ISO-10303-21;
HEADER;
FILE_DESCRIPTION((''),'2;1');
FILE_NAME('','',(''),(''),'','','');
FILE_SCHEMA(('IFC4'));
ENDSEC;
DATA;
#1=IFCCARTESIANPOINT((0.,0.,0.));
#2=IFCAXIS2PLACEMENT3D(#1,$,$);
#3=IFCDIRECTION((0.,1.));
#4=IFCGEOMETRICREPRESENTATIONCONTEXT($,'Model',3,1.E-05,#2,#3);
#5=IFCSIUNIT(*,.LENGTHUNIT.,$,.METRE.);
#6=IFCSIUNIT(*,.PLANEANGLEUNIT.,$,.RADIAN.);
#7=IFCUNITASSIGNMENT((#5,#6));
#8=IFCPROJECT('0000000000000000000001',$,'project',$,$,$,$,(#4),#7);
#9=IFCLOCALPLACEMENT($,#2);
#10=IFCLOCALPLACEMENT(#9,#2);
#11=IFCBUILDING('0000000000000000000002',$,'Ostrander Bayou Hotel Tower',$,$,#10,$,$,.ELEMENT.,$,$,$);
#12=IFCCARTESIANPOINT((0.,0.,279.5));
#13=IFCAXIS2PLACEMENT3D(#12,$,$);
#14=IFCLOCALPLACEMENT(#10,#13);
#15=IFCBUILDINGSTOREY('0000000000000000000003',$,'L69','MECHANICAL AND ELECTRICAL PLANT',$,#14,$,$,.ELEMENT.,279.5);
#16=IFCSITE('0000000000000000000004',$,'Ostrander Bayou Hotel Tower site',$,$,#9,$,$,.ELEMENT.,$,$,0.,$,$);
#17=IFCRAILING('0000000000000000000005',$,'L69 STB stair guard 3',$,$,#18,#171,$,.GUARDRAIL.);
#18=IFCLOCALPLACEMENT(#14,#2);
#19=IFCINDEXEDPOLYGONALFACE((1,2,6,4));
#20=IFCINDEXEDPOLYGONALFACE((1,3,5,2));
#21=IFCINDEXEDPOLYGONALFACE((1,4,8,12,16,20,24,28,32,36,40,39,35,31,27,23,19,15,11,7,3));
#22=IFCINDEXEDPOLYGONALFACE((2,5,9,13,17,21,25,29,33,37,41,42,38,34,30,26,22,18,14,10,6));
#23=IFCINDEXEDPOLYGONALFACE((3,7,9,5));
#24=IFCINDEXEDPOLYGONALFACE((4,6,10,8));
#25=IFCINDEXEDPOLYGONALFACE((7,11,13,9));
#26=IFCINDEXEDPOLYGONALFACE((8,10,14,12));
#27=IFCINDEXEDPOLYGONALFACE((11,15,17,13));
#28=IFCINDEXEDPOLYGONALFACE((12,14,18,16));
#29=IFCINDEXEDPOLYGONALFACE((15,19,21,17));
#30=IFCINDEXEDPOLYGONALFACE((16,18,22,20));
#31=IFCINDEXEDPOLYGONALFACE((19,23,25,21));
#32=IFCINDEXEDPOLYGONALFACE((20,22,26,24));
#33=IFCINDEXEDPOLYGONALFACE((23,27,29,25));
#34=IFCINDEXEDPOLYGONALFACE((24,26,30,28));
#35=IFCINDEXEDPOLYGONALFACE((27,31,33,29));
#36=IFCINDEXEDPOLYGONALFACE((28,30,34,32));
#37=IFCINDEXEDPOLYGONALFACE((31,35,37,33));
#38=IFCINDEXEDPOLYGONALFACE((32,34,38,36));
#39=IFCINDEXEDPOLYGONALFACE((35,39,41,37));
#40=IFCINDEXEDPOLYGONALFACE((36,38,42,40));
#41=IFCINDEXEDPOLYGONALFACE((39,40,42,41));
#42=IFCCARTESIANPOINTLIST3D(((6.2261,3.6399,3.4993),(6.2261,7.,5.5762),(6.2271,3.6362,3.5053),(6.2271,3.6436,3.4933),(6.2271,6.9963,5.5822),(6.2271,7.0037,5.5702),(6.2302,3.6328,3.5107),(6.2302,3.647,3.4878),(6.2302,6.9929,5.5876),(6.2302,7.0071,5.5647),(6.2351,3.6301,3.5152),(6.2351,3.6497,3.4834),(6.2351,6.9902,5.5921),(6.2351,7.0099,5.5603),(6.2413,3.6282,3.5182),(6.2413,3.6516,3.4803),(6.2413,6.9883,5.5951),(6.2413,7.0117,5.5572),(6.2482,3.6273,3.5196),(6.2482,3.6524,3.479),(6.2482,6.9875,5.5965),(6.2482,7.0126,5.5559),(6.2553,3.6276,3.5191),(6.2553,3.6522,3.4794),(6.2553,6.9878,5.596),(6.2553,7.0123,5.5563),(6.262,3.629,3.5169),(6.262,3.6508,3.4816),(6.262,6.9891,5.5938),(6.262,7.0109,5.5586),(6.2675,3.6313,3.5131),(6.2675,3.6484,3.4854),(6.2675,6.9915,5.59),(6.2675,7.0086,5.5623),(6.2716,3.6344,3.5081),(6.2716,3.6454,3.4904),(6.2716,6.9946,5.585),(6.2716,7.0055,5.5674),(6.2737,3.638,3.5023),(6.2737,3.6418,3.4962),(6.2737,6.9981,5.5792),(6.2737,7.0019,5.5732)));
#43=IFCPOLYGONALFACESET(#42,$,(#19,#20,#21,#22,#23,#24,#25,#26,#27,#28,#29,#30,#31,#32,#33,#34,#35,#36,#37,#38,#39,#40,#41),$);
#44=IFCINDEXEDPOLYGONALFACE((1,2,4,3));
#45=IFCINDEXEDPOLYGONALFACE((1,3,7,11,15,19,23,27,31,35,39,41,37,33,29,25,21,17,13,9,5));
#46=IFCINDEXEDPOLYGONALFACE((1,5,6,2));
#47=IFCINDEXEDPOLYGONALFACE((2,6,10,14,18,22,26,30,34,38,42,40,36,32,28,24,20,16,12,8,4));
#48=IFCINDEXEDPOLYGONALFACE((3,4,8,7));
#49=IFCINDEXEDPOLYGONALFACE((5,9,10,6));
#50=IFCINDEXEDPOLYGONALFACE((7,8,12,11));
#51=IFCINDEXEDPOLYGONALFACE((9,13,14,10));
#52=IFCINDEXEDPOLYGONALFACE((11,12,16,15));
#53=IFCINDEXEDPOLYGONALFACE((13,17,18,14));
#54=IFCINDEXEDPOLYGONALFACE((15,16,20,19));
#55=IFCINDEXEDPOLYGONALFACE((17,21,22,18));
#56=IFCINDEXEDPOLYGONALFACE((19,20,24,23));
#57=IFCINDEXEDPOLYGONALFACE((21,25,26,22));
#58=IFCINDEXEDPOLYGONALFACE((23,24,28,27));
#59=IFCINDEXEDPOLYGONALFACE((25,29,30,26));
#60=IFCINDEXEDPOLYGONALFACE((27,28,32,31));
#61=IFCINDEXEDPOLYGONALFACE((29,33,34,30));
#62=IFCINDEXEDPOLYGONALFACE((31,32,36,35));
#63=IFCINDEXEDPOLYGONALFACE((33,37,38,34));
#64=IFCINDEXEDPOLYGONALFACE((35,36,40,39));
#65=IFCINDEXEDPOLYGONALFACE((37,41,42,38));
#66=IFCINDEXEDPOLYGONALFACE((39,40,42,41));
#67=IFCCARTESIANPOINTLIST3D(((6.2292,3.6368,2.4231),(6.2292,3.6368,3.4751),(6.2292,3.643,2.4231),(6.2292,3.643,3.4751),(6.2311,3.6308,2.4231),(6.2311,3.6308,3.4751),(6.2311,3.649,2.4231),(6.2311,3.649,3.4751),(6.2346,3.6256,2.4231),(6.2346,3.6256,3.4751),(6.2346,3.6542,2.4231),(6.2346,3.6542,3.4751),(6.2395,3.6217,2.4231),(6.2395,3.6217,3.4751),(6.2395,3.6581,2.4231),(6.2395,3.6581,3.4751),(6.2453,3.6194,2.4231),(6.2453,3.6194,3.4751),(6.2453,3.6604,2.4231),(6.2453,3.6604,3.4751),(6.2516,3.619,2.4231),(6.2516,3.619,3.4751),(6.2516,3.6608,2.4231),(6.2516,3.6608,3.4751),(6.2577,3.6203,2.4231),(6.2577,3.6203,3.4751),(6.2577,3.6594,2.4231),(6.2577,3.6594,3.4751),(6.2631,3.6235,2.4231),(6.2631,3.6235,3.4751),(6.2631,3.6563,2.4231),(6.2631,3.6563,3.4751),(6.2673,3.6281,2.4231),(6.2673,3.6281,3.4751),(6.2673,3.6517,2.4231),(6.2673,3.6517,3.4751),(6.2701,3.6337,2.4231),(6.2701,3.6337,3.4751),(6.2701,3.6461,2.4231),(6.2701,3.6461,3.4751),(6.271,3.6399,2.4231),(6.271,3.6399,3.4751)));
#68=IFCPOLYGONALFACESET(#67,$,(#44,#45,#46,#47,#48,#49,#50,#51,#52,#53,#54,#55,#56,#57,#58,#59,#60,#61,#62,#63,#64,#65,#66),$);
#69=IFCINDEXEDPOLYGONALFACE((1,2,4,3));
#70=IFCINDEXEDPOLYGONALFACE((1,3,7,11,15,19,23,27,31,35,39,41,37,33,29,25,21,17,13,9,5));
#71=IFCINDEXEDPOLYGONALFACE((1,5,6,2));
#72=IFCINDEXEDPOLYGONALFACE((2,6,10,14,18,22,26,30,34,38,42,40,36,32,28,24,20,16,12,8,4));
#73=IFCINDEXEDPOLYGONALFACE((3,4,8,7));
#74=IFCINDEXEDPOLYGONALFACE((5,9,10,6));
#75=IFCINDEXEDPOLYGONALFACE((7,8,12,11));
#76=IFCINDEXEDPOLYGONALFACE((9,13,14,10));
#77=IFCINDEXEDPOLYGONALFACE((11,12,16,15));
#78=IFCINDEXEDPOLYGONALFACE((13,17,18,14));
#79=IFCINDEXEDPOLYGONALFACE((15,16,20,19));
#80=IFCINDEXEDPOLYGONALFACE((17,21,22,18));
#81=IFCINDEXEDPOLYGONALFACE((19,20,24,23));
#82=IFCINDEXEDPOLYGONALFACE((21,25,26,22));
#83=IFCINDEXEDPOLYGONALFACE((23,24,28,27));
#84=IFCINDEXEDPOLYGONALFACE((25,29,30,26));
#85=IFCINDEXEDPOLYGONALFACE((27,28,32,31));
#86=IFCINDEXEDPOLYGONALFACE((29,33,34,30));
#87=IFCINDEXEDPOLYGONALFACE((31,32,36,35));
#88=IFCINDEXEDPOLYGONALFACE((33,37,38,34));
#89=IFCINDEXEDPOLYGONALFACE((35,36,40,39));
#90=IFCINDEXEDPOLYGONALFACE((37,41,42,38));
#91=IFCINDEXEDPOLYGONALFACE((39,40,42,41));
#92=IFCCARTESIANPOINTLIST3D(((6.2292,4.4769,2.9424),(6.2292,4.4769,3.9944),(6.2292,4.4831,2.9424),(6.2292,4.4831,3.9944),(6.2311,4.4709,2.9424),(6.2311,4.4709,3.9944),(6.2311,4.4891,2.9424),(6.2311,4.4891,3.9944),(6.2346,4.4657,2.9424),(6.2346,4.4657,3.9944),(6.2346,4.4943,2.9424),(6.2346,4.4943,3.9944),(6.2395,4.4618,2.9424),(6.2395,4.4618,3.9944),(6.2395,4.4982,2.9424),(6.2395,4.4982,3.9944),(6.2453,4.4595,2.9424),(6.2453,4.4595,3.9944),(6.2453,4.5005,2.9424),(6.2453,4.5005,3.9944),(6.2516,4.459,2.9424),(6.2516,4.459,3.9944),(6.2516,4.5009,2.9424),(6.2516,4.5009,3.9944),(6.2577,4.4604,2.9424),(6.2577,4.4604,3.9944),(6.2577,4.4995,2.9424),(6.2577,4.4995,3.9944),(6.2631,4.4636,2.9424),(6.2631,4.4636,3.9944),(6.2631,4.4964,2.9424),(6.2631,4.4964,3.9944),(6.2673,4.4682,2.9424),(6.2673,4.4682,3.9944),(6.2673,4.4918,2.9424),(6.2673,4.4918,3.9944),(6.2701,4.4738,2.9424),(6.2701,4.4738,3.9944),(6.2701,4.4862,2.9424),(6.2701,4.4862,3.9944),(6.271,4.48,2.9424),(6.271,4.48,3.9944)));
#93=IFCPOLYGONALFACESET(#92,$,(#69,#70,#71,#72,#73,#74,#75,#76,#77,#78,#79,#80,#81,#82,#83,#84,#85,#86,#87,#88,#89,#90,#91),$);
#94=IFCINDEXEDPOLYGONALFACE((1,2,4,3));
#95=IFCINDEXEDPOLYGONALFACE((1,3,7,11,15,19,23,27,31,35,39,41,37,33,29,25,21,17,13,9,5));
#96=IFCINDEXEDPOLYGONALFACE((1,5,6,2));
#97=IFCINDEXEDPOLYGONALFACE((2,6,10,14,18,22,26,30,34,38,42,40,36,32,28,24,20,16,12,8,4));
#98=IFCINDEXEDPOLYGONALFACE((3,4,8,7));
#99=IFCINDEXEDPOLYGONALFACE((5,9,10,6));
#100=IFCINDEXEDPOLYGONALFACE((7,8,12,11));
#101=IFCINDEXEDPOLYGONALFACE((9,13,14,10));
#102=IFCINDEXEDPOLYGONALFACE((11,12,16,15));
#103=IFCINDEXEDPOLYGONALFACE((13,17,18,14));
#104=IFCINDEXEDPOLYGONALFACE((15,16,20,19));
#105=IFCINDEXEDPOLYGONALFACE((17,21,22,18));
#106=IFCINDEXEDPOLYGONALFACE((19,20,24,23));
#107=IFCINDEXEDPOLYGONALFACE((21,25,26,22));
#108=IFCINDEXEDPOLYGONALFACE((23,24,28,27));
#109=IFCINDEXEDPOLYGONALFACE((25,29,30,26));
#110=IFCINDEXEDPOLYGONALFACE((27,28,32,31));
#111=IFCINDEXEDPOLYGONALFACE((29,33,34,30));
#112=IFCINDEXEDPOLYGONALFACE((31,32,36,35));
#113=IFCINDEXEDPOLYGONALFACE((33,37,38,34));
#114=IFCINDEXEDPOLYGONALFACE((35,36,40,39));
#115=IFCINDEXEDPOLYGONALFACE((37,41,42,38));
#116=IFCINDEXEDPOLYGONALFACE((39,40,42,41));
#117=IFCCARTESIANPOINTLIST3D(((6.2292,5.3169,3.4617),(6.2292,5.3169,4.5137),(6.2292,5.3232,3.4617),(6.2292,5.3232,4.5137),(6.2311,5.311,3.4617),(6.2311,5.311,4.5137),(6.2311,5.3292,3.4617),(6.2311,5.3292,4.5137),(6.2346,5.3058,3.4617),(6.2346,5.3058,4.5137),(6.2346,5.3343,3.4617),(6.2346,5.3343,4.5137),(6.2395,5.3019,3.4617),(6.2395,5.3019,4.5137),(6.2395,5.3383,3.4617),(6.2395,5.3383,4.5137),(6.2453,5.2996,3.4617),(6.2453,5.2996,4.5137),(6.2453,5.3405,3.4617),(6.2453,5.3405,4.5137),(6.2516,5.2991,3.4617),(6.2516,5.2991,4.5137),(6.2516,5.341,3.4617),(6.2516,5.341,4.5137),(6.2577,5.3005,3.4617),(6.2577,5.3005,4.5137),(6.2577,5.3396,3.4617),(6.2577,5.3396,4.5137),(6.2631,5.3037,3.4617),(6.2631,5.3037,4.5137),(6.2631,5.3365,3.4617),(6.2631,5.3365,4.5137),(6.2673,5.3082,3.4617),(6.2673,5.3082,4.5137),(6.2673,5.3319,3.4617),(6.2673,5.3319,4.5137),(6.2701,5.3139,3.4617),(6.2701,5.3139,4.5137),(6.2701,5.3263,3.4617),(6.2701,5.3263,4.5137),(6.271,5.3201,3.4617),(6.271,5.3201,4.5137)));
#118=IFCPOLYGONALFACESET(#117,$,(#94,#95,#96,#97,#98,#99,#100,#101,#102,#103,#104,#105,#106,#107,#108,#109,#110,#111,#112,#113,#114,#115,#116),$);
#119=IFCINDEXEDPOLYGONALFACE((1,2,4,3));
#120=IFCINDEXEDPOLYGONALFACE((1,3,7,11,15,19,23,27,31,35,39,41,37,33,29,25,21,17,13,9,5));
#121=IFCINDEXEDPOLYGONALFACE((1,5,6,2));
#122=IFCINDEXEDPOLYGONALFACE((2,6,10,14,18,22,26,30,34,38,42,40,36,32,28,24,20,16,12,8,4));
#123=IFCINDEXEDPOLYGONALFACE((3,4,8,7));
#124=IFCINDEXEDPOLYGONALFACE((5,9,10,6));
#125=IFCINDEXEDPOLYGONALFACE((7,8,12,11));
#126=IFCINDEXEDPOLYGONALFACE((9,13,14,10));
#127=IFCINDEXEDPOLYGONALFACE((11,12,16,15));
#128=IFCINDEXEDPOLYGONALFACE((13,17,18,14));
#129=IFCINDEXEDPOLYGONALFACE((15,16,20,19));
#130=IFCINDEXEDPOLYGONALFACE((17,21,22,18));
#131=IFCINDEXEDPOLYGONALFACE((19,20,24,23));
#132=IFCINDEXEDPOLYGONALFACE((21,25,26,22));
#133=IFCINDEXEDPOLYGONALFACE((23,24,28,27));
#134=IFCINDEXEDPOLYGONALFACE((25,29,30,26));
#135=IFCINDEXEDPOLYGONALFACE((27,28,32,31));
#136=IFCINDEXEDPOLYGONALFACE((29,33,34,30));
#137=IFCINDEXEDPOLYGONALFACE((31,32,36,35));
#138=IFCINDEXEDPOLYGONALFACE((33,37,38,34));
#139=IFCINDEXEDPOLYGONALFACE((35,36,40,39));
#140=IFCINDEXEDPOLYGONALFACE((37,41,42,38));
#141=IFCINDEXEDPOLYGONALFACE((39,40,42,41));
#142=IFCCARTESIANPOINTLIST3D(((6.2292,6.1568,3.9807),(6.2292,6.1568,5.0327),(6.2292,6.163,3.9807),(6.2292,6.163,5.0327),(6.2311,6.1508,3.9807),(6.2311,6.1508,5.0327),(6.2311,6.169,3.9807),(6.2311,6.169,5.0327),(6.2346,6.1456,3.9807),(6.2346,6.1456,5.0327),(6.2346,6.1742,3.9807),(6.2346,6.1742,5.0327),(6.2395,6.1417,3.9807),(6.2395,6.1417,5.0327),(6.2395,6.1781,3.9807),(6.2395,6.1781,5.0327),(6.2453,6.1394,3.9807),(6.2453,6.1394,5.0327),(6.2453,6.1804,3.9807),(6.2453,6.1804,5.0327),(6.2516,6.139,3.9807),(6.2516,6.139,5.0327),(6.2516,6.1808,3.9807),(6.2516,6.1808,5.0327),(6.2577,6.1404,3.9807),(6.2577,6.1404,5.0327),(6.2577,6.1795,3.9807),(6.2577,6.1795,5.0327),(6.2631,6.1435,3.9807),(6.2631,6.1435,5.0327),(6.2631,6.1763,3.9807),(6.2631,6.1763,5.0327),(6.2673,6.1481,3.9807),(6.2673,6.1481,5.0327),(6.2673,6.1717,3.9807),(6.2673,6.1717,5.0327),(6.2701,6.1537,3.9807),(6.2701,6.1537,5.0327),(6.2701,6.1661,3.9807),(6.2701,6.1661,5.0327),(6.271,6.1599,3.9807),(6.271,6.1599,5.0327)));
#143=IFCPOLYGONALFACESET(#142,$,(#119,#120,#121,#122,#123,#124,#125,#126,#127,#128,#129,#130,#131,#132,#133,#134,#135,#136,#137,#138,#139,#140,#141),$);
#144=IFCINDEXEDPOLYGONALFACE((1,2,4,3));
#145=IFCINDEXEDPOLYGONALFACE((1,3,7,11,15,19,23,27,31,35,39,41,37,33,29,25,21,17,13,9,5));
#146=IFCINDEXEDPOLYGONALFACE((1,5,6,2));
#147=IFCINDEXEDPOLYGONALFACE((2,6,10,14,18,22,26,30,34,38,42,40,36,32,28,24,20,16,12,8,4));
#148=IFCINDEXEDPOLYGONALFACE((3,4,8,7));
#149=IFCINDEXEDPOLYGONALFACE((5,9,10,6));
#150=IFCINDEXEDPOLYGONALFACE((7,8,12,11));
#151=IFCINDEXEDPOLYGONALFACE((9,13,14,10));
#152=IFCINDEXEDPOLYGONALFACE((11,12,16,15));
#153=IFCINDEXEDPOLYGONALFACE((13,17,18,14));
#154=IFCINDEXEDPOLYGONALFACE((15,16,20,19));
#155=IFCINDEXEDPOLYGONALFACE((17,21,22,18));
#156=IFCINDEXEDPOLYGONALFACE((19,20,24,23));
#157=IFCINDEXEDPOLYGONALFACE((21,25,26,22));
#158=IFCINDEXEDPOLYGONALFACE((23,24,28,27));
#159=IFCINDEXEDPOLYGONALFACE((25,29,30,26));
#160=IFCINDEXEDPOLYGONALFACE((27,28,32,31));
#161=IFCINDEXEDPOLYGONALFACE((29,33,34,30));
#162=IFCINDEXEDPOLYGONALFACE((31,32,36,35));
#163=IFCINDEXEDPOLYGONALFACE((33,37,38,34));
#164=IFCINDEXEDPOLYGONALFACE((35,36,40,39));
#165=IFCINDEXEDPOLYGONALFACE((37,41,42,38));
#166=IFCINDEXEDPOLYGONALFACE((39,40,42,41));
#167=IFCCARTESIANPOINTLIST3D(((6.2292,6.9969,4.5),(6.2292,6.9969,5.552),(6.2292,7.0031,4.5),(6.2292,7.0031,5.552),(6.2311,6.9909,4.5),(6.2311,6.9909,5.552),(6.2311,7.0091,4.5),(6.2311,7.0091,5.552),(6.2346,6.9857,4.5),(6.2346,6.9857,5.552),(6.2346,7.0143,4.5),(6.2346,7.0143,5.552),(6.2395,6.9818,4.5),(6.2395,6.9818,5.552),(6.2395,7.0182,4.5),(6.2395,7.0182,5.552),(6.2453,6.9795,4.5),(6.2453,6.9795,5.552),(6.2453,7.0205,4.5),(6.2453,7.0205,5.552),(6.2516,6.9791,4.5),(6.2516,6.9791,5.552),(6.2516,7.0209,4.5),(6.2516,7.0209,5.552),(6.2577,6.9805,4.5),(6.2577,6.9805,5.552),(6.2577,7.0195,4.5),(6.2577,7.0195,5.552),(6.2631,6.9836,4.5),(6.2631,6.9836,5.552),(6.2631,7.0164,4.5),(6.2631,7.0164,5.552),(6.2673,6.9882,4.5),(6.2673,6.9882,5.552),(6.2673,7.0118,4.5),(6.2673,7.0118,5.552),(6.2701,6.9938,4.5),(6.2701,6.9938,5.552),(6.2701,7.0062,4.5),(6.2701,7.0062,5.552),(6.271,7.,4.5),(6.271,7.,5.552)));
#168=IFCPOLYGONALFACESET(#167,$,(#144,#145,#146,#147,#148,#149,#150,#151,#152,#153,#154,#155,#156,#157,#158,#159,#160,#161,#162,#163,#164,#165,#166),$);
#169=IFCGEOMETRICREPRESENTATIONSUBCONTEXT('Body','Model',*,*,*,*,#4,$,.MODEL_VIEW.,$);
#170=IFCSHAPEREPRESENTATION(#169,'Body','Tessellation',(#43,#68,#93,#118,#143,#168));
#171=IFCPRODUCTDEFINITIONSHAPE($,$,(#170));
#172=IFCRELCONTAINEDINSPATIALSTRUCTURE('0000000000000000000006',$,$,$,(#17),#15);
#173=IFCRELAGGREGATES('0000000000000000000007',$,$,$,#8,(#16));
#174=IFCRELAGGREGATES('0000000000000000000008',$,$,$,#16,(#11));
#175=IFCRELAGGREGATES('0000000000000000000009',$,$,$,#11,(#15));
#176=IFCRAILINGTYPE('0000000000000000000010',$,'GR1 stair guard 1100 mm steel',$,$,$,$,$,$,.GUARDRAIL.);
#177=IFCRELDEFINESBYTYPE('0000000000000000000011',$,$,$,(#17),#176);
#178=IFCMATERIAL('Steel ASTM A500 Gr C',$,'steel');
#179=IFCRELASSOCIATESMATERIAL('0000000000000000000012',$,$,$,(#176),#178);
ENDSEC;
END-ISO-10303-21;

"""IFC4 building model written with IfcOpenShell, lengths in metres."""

from ifc_helpers import new_model, si_unit, direction, frame, origin, origin_2d, place, context, subcontext, project, spatial, circle, extrude, material, type_object, element, save


model = new_model("IFC4")

# Units and contexts
model_context = context("Model", 3, precision=1e-05, world=origin(), true_north=direction((0.0, 1.0)))
body_context = subcontext(model_context, "Body", "Model", "MODEL_VIEW")
ifc_project = project(units=[si_unit("LENGTHUNIT", "METRE"), si_unit("PLANEANGLEUNIT", "RADIAN")], contexts=[model_context])

# Site, building, storey
site_placement = place(None, origin())
site = spatial("IfcSite", under=ifc_project, at=site_placement, Name="Ostrander Bayou Hotel Tower site", CompositionType="ELEMENT", RefElevation=0.0)
building_placement = place(site_placement, origin())
building = spatial("IfcBuilding", under=site, at=building_placement, Name="Ostrander Bayou Hotel Tower", CompositionType="ELEMENT")
storey_placement = place(building_placement, frame((0.0, 0.0, 279.5)))
storey = spatial("IfcBuildingStorey", under=building, at=storey_placement, Name="L69", Description="MECHANICAL AND ELECTRICAL PLANT", CompositionType="ELEMENT", Elevation=279.5)

# Railing
ifc_material_1 = material(Name="Steel ASTM A500 Gr C", Category="steel")
railing_type_1 = type_object("IfcRailingType", Name="GR1 stair guard 1100 mm steel", PredefinedType="GUARDRAIL", material=ifc_material_1)
railing_1_placement = place(storey_placement, frame((6.25, 3.6399, 2.4231)))
element("IfcRailing", 1, at=railing_1_placement, inside=storey, type_object=railing_type_1, Name="L69 STB stair guard 3", PredefinedType="GUARDRAIL", context=body_context, shape_type="SweptSolid", body=[
    extrude(circle(Radius=0.0239, at=origin_2d()), frame((0.0, 0.0, 1.0762), z_axis=(0.0, 0.850623, 0.525776), x_axis=(-1.0, 0.0, 0.0)), (0.0, 0.0, 1.0), 3.9502),
    extrude(circle(Radius=0.021, at=origin_2d()), origin(), (0.0, 0.0, 1.0), 1.052),
    extrude(circle(Radius=0.021, at=origin_2d()), frame((0.0, 0.8401, 0.5193)), (0.0, 0.0, 1.0), 1.052),
    extrude(circle(Radius=0.021, at=origin_2d()), frame((0.0, 1.6802, 1.0386)), (0.0, 0.0, 1.0), 1.052),
    extrude(circle(Radius=0.021, at=origin_2d()), frame((0.0, 2.52, 1.5576)), (0.0, 0.0, 1.0), 1.052),
    extrude(circle(Radius=0.021, at=origin_2d()), frame((0.0, 3.3601, 2.0769)), (0.0, 0.0, 1.0), 1.052),
])

save(model, "model.ifc")
